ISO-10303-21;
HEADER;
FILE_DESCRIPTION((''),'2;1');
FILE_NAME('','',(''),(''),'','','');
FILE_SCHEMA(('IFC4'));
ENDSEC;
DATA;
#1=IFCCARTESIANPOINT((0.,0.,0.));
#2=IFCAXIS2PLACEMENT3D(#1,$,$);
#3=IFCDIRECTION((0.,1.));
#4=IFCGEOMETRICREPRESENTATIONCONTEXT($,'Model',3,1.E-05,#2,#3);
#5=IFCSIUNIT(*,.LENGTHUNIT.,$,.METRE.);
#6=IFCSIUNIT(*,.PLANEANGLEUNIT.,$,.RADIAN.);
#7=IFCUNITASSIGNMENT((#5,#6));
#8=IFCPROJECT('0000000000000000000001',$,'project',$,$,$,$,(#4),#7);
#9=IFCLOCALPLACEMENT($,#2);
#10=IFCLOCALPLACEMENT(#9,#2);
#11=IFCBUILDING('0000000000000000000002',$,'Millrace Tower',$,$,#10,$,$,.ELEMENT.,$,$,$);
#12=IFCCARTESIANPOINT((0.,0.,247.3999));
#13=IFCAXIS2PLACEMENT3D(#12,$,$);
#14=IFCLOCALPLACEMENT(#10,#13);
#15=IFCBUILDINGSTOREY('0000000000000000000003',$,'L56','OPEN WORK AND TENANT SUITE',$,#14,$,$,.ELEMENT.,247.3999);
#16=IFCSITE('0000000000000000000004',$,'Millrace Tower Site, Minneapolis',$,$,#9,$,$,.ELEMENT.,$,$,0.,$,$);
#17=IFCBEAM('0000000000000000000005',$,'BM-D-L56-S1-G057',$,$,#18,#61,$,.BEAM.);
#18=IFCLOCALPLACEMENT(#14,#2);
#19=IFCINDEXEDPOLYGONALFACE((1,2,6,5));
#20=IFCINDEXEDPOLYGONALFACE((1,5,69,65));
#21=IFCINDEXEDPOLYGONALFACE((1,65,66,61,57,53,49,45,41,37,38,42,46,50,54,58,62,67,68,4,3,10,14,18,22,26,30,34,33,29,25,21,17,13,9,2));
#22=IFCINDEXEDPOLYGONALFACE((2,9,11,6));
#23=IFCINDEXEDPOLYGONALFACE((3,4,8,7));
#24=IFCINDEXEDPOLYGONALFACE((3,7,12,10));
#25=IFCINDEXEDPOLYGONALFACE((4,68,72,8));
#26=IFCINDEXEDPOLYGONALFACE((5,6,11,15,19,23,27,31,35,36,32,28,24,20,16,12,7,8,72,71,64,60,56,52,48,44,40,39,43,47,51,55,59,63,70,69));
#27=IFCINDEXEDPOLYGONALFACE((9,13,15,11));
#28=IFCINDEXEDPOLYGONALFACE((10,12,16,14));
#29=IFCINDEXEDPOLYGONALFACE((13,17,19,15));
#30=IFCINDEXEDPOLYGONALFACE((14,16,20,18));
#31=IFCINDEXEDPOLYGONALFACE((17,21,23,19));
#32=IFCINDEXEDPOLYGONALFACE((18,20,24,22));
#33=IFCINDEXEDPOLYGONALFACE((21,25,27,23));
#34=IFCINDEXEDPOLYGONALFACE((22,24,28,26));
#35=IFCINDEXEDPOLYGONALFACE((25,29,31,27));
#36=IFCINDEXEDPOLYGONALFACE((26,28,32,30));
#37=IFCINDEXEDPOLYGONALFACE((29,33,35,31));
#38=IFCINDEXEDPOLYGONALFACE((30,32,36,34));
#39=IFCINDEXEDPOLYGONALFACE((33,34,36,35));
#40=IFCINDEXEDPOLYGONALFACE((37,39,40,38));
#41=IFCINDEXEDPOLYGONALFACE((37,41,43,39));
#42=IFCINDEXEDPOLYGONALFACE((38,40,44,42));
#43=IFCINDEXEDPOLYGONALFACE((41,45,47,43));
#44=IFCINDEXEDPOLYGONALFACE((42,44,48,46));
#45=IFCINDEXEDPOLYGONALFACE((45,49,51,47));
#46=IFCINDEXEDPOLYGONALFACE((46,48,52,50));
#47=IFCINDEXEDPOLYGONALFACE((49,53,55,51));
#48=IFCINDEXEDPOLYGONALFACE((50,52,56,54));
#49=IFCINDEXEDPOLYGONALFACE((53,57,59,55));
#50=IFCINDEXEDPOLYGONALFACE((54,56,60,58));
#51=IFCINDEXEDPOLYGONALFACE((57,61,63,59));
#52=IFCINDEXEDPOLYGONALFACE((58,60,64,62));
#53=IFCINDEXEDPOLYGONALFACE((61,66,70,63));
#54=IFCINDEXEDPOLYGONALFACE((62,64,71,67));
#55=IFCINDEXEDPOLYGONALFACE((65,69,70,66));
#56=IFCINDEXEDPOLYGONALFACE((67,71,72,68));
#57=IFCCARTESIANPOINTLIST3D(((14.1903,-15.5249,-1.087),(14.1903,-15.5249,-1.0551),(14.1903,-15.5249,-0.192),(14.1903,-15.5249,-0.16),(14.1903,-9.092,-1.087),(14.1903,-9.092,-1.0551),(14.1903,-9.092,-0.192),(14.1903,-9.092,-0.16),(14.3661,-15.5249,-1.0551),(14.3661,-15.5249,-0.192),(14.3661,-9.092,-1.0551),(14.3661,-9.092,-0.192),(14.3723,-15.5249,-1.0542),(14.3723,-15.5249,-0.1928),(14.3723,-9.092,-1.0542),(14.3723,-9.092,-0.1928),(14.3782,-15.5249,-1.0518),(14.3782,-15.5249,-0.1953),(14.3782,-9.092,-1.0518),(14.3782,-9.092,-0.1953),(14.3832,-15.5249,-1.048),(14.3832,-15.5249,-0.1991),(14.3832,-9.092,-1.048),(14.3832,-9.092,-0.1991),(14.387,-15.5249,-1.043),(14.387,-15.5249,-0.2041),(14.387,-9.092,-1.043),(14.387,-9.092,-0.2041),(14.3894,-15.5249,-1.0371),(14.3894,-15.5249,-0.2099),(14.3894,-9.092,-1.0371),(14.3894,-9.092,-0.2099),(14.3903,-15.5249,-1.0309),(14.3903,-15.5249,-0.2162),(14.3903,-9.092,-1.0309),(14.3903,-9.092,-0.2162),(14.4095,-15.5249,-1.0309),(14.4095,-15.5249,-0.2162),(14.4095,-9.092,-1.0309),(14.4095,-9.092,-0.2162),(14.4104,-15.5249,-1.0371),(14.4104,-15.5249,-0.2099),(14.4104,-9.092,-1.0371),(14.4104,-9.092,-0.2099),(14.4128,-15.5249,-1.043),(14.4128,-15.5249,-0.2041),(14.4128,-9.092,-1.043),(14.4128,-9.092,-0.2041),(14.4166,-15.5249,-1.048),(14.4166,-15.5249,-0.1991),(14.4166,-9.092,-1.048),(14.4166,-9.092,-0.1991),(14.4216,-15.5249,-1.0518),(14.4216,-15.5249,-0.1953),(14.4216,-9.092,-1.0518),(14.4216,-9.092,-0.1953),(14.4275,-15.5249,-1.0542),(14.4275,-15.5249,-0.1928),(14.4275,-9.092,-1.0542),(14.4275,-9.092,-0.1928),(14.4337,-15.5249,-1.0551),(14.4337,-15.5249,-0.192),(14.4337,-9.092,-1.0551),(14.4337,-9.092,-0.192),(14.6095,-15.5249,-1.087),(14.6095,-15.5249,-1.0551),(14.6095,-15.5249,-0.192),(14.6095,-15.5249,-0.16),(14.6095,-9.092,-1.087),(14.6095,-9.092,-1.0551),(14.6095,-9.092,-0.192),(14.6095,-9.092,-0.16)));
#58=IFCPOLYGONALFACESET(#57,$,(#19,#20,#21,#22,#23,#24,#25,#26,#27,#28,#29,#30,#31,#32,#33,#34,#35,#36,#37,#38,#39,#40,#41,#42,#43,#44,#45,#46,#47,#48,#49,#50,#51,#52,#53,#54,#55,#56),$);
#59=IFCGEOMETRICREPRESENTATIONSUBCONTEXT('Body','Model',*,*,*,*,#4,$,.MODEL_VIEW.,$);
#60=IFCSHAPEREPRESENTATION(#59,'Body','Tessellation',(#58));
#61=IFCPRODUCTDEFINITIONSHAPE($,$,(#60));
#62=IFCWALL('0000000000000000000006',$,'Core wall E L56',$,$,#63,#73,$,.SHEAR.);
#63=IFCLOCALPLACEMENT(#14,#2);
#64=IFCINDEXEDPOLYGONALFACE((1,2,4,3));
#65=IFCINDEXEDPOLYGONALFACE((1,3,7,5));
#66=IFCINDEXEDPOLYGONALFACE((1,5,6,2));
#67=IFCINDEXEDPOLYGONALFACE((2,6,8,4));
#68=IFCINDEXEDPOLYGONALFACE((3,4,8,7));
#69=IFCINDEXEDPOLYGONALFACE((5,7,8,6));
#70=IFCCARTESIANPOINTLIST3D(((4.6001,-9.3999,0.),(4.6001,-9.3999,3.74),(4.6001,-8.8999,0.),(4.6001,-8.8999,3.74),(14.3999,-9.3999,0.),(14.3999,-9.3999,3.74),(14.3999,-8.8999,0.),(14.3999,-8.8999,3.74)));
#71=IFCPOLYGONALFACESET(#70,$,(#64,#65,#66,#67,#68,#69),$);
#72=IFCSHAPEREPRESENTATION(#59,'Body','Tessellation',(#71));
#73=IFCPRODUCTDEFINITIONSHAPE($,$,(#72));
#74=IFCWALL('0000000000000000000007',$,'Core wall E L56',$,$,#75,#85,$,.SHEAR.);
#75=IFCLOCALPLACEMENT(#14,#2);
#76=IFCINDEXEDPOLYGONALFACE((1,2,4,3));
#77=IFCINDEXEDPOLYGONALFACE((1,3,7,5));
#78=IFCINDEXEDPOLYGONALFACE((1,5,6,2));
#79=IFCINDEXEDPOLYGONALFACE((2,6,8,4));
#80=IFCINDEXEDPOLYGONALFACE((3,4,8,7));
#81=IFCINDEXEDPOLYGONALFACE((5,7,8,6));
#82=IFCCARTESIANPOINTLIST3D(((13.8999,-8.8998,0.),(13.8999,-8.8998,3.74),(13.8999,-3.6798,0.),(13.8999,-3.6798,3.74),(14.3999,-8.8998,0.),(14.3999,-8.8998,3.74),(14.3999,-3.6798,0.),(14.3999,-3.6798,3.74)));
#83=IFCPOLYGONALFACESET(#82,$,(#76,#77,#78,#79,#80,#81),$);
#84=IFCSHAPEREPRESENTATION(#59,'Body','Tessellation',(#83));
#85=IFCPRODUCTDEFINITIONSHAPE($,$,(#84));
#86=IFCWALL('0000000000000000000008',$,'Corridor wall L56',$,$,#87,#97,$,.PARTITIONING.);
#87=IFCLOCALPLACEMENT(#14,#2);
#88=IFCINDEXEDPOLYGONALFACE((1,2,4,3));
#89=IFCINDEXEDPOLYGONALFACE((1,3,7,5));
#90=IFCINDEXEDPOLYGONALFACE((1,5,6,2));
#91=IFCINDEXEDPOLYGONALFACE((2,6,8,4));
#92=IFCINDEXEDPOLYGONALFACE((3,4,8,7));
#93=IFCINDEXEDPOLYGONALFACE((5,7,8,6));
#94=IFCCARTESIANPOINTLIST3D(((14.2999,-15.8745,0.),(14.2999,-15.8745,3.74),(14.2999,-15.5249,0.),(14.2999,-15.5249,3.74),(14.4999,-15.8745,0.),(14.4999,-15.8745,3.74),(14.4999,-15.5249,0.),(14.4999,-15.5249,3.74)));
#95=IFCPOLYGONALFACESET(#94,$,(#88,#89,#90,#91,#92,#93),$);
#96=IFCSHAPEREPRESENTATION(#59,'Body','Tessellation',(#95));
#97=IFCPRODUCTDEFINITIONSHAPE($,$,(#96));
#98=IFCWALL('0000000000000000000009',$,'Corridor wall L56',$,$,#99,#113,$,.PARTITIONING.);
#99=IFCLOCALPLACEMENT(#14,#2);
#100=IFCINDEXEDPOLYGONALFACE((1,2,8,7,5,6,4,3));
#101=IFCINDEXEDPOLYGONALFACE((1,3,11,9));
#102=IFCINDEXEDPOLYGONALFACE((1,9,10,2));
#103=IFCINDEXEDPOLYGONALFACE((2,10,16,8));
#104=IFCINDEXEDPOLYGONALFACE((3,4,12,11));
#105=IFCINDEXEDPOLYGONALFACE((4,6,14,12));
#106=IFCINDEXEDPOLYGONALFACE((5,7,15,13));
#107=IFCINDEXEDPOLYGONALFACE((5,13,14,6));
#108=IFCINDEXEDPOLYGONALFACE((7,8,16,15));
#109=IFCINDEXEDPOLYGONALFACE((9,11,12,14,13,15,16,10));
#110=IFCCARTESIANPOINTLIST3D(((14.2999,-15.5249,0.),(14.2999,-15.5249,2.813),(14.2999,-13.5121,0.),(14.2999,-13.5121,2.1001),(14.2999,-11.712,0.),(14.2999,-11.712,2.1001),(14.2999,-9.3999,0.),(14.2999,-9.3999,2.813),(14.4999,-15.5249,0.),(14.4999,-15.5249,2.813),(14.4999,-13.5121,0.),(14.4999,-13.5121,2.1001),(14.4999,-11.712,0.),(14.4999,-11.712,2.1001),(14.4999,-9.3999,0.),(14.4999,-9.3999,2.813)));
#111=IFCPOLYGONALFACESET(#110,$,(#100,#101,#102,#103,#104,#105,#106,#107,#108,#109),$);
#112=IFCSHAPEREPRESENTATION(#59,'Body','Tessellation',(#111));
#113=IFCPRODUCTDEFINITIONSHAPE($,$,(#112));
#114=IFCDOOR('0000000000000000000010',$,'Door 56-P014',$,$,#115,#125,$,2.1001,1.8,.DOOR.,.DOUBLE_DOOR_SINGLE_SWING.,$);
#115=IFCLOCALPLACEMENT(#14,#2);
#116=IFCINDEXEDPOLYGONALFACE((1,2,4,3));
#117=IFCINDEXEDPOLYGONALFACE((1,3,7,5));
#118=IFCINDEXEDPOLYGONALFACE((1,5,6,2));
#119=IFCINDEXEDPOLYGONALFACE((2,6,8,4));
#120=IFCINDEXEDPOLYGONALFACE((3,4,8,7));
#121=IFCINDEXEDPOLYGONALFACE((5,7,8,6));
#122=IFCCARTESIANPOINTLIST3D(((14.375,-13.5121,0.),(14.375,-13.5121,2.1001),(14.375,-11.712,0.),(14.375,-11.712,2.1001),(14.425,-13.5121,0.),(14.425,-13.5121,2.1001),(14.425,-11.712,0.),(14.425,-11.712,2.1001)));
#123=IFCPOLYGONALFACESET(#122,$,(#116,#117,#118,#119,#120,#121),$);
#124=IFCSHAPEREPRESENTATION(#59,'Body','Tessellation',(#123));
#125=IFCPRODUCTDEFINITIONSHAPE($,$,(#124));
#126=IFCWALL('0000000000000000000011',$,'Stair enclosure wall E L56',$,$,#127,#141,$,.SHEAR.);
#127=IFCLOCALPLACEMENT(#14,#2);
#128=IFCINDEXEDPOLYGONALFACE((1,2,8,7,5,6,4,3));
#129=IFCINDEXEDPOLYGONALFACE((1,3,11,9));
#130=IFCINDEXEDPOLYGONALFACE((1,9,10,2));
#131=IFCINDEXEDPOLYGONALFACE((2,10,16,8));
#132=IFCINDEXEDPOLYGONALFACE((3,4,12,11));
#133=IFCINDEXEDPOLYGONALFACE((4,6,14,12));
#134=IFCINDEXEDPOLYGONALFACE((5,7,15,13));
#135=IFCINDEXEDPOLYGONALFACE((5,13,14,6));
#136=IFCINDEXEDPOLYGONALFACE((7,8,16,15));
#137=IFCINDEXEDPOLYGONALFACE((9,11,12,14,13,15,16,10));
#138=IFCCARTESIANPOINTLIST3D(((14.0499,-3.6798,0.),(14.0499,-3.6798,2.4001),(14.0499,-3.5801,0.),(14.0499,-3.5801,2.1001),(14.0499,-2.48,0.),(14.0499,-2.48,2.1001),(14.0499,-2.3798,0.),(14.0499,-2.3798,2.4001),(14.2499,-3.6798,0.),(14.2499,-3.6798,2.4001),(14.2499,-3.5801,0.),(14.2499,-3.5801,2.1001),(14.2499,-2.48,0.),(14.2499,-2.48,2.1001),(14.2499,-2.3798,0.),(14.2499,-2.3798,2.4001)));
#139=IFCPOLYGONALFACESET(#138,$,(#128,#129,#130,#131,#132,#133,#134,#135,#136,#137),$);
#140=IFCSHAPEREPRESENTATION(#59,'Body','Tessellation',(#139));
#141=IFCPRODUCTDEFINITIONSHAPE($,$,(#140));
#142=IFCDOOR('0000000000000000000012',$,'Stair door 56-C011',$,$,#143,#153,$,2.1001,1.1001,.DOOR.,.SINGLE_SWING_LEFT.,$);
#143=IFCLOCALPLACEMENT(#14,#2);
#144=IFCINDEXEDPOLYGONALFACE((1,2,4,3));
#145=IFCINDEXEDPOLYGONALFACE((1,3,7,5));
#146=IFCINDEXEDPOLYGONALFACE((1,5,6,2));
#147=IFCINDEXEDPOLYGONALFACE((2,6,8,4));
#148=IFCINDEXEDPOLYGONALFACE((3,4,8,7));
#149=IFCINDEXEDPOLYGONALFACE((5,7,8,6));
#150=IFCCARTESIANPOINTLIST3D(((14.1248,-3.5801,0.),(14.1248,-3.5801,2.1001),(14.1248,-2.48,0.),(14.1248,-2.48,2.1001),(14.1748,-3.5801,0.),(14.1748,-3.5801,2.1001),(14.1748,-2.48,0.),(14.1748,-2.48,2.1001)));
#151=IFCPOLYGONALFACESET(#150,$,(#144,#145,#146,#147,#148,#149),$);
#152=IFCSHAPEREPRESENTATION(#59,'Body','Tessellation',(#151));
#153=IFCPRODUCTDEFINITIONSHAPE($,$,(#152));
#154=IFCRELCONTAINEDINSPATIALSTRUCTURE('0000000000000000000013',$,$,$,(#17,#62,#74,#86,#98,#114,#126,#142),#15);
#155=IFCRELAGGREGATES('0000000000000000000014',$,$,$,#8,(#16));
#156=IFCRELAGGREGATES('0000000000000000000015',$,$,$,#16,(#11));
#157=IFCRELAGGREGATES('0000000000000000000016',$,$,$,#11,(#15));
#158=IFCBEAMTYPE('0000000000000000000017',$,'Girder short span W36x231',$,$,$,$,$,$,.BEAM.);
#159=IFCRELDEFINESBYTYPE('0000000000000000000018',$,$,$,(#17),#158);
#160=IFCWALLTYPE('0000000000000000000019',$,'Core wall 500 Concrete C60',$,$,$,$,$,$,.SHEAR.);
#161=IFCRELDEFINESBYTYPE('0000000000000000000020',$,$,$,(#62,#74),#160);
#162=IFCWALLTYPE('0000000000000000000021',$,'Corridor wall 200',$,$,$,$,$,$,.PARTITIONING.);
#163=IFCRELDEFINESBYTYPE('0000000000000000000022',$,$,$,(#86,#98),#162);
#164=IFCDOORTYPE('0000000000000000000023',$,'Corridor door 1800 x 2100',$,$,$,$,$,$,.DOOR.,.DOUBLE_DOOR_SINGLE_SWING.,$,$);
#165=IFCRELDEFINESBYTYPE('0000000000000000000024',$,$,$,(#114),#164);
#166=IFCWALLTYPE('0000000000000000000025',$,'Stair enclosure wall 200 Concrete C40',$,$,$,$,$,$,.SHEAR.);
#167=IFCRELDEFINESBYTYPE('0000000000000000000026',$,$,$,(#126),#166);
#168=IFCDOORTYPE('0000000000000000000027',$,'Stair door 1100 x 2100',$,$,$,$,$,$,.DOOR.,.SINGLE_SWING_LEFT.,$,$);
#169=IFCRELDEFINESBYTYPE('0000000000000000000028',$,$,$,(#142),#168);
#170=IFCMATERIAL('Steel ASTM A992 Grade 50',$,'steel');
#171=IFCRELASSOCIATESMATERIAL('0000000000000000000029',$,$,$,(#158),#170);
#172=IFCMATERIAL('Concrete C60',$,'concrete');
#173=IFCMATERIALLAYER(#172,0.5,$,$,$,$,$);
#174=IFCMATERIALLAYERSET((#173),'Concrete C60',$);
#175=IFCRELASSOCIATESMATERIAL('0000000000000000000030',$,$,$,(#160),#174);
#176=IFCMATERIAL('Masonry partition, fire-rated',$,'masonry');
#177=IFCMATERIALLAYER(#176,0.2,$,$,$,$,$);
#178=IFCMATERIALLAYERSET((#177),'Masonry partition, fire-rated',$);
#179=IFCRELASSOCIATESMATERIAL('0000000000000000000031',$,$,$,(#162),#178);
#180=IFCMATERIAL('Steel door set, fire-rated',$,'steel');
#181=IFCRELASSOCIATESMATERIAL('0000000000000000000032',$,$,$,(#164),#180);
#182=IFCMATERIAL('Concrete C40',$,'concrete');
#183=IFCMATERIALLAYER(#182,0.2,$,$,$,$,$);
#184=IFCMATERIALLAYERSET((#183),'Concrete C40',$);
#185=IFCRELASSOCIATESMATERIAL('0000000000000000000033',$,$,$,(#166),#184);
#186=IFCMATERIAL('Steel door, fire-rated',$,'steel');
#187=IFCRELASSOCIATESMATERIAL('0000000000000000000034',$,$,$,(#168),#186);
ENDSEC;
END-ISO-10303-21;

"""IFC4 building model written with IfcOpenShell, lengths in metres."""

from ifc_helpers import new_model, si_unit, direction, frame, frame_2d, origin, origin_2d, place, context, subcontext, project, spatial, rectangle, i_section, extrude, material, layer, layer_set, material_profile, profile_set, type_object, element, fill, save


model = new_model("IFC4")

# Units and contexts
model_context = context("Model", 3, precision=1e-05, world=origin(), true_north=direction((0.0, 1.0)))
body_context = subcontext(model_context, "Body", "Model", "MODEL_VIEW")
ifc_project = project(units=[si_unit("LENGTHUNIT", "METRE"), si_unit("PLANEANGLEUNIT", "RADIAN")], contexts=[model_context])

# Site, building, storey
site_placement = place(None, origin())
site = spatial("IfcSite", under=ifc_project, at=site_placement, Name="Millrace Tower Site, Minneapolis", CompositionType="ELEMENT", RefElevation=0.0)
building_placement = place(site_placement, origin())
building = spatial("IfcBuilding", under=site, at=building_placement, Name="Millrace Tower", CompositionType="ELEMENT")
storey_placement = place(building_placement, frame((0.0, 0.0, 247.3999)))
storey = spatial("IfcBuildingStorey", under=building, at=storey_placement, Name="L56", Description="OPEN WORK AND TENANT SUITE", CompositionType="ELEMENT", Elevation=247.3999)

# Beam
ifc_material_1 = material(Name="Steel ASTM A992 Grade 50", Category="steel")
ifc_material_profile_1 = material_profile(ifc_material_1, i_section(OverallWidth=0.4192, OverallDepth=0.927, WebThickness=0.0193, FlangeThickness=0.032, FilletRadius=0.0242, at=origin_2d()))
ifc_profile_set_1 = profile_set([ifc_material_profile_1], Name="Steel ASTM A992 Grade 50")
beam_type_1 = type_object("IfcBeamType", Name="Girder short span W36x231", PredefinedType="BEAM", material=ifc_profile_set_1)
beam_1_placement = place(storey_placement, frame((14.3999, -15.5249, -0.6235), z_axis=(0.0, 1.0, 0.0), x_axis=(-1.0, 0.0, 0.0)))
element("IfcBeam", 1, at=beam_1_placement, inside=storey, type_object=beam_type_1, Name="BM-D-L56-S1-G057", PredefinedType="BEAM", context=body_context, shape_type="SweptSolid", body=[
    extrude(i_section(OverallWidth=0.4192, OverallDepth=0.927, WebThickness=0.0193, FlangeThickness=0.032, FilletRadius=0.0242, at=origin_2d()), origin(), (0.0, 0.0, 1.0), 6.4329),
])

# Walls
ifc_material_2 = material(Name="Concrete C60", Category="concrete")
ifc_layer_1 = layer(ifc_material_2, 0.5)
ifc_layer_set_1 = layer_set([ifc_layer_1], Name="Concrete C60")
wall_type_1 = type_object("IfcWallType", Name="Core wall 500 Concrete C60", PredefinedType="SHEAR", material=ifc_layer_set_1)
wall_1_placement = place(storey_placement, frame((14.3999, -9.1499, 0.0), z_axis=(0.0, 0.0, 1.0), x_axis=(-1.0, 0.0, 0.0)))
element("IfcWall", 2, at=wall_1_placement, inside=storey, type_object=wall_type_1, Name="Core wall E L56", PredefinedType="SHEAR", context=body_context, shape_type="SweptSolid", body=[
    extrude(rectangle(XDim=9.7998, YDim=0.5, at=frame_2d((4.8999, 0.0))), origin(), (0.0, 0.0, 1.0), 3.74),
])
wall_2_placement = place(storey_placement, frame((14.1499, -3.6799, 0.0), z_axis=(0.0, 0.0, 1.0), x_axis=(0.0, -1.0, 0.0)))
element("IfcWall", 3, at=wall_2_placement, inside=storey, type_object=wall_type_1, Name="Core wall E L56", PredefinedType="SHEAR", context=body_context, shape_type="SweptSolid", body=[
    extrude(rectangle(XDim=5.22, YDim=0.5, at=frame_2d((2.6099, 0.0))), origin(), (0.0, 0.0, 1.0), 3.74),
])
ifc_material_3 = material(Name="Masonry partition, fire-rated", Category="masonry")
ifc_layer_2 = layer(ifc_material_3, 0.2)
ifc_layer_set_2 = layer_set([ifc_layer_2], Name="Masonry partition, fire-rated")
wall_type_2 = type_object("IfcWallType", Name="Corridor wall 200", PredefinedType="PARTITIONING", material=ifc_layer_set_2)
wall_3_placement = place(storey_placement, frame((14.3999, -15.8745, 0.0), z_axis=(0.0, 0.0, 1.0), x_axis=(0.0, 1.0, 0.0)))
element("IfcWall", 4, at=wall_3_placement, inside=storey, type_object=wall_type_2, Name="Corridor wall L56", PredefinedType="PARTITIONING", context=body_context, shape_type="SweptSolid", body=[
    extrude(rectangle(XDim=0.3496, YDim=0.2, at=frame_2d((0.1748, 0.0))), origin(), (0.0, 0.0, 1.0), 3.74),
])

# Walls, openings, doors
wall_4_placement = place(storey_placement, frame((14.3999, -15.5249, 0.0), z_axis=(0.0, 0.0, 1.0), x_axis=(0.0, 1.0, 0.0)))
wall_4 = element("IfcWall", 5, at=wall_4_placement, inside=storey, type_object=wall_type_2, Name="Corridor wall L56", PredefinedType="PARTITIONING", context=body_context, shape_type="SweptSolid", body=[
    extrude(rectangle(XDim=6.125, YDim=0.2, at=frame_2d((3.0625, 0.0))), origin(), (0.0, 0.0, 1.0), 2.813),
])
opening_1_placement = place(wall_4_placement, frame((2.0129, 0.0, 0.0)))
opening_1 = element("IfcOpeningElement", 6, at=opening_1_placement, cuts=wall_4, PredefinedType="OPENING", context=body_context, shape_type="SweptSolid", body=[
    extrude(rectangle(XDim=1.8, YDim=2.1001, at=frame_2d((0.8999, 1.05))), frame((0.0, 0.1099, 0.0), z_axis=(0.0, -1.0, 0.0), x_axis=(1.0, 0.0, 0.0)), (0.0, 0.0, 1.0), 0.22),
])
ifc_material_4 = material(Name="Steel door set, fire-rated", Category="steel")
door_type_1 = type_object("IfcDoorType", Name="Corridor door 1800 x 2100", OperationType="DOUBLE_DOOR_SINGLE_SWING", PredefinedType="DOOR", material=ifc_material_4)
door_1_placement = place(opening_1_placement, origin())
door_1 = element("IfcDoor", 7, at=door_1_placement, inside=storey, type_object=door_type_1, Name="Door 56-P014", OperationType="DOUBLE_DOOR_SINGLE_SWING", OverallHeight=2.1001, OverallWidth=1.8, PredefinedType="DOOR", context=body_context, shape_type="SweptSolid", body=[
    extrude(rectangle(XDim=1.8, YDim=2.1001, at=frame_2d((0.8999, 1.05))), frame((0.0, 0.0249, 0.0), z_axis=(0.0, -1.0, 0.0), x_axis=(1.0, 0.0, 0.0)), (0.0, 0.0, 1.0), 0.05),
])
fill(opening_1, door_1)
ifc_material_5 = material(Name="Concrete C40", Category="concrete")
ifc_layer_3 = layer(ifc_material_5, 0.2)
ifc_layer_set_3 = layer_set([ifc_layer_3], Name="Concrete C40")
wall_type_3 = type_object("IfcWallType", Name="Stair enclosure wall 200 Concrete C40", PredefinedType="SHEAR", material=ifc_layer_set_3)
wall_5_placement = place(storey_placement, frame((14.1499, -2.3799, 0.0), z_axis=(0.0, 0.0, 1.0), x_axis=(0.0, -1.0, 0.0)))
wall_5 = element("IfcWall", 8, at=wall_5_placement, inside=storey, type_object=wall_type_3, Name="Stair enclosure wall E L56", PredefinedType="SHEAR", context=body_context, shape_type="SweptSolid", body=[
    extrude(rectangle(XDim=1.3, YDim=0.2, at=frame_2d((0.6499, 0.0))), origin(), (0.0, 0.0, 1.0), 2.4001),
])
opening_2_placement = place(wall_5_placement, frame((0.1001, 0.0, 0.0)))
opening_2 = element("IfcOpeningElement", 9, at=opening_2_placement, cuts=wall_5, PredefinedType="OPENING", context=body_context, shape_type="SweptSolid", body=[
    extrude(rectangle(XDim=1.1001, YDim=2.1001, at=frame_2d((0.55, 1.05))), frame((0.0, 0.1099, 0.0), z_axis=(0.0, -1.0, 0.0), x_axis=(1.0, 0.0, 0.0)), (0.0, 0.0, 1.0), 0.22),
])
ifc_material_6 = material(Name="Steel door, fire-rated", Category="steel")
door_type_2 = type_object("IfcDoorType", Name="Stair door 1100 x 2100", OperationType="SINGLE_SWING_LEFT", PredefinedType="DOOR", material=ifc_material_6)
door_2_placement = place(opening_2_placement, origin())
door_2 = element("IfcDoor", 10, at=door_2_placement, inside=storey, type_object=door_type_2, Name="Stair door 56-C011", OperationType="SINGLE_SWING_LEFT", OverallHeight=2.1001, OverallWidth=1.1001, PredefinedType="DOOR", context=body_context, shape_type="SweptSolid", body=[
    extrude(rectangle(XDim=1.1001, YDim=2.1001, at=frame_2d((0.55, 1.05))), frame((0.0, 0.0249, 0.0), z_axis=(0.0, -1.0, 0.0), x_axis=(1.0, 0.0, 0.0)), (0.0, 0.0, 1.0), 0.05),
])
fill(opening_2, door_2)

save(model, "model.ifc")
